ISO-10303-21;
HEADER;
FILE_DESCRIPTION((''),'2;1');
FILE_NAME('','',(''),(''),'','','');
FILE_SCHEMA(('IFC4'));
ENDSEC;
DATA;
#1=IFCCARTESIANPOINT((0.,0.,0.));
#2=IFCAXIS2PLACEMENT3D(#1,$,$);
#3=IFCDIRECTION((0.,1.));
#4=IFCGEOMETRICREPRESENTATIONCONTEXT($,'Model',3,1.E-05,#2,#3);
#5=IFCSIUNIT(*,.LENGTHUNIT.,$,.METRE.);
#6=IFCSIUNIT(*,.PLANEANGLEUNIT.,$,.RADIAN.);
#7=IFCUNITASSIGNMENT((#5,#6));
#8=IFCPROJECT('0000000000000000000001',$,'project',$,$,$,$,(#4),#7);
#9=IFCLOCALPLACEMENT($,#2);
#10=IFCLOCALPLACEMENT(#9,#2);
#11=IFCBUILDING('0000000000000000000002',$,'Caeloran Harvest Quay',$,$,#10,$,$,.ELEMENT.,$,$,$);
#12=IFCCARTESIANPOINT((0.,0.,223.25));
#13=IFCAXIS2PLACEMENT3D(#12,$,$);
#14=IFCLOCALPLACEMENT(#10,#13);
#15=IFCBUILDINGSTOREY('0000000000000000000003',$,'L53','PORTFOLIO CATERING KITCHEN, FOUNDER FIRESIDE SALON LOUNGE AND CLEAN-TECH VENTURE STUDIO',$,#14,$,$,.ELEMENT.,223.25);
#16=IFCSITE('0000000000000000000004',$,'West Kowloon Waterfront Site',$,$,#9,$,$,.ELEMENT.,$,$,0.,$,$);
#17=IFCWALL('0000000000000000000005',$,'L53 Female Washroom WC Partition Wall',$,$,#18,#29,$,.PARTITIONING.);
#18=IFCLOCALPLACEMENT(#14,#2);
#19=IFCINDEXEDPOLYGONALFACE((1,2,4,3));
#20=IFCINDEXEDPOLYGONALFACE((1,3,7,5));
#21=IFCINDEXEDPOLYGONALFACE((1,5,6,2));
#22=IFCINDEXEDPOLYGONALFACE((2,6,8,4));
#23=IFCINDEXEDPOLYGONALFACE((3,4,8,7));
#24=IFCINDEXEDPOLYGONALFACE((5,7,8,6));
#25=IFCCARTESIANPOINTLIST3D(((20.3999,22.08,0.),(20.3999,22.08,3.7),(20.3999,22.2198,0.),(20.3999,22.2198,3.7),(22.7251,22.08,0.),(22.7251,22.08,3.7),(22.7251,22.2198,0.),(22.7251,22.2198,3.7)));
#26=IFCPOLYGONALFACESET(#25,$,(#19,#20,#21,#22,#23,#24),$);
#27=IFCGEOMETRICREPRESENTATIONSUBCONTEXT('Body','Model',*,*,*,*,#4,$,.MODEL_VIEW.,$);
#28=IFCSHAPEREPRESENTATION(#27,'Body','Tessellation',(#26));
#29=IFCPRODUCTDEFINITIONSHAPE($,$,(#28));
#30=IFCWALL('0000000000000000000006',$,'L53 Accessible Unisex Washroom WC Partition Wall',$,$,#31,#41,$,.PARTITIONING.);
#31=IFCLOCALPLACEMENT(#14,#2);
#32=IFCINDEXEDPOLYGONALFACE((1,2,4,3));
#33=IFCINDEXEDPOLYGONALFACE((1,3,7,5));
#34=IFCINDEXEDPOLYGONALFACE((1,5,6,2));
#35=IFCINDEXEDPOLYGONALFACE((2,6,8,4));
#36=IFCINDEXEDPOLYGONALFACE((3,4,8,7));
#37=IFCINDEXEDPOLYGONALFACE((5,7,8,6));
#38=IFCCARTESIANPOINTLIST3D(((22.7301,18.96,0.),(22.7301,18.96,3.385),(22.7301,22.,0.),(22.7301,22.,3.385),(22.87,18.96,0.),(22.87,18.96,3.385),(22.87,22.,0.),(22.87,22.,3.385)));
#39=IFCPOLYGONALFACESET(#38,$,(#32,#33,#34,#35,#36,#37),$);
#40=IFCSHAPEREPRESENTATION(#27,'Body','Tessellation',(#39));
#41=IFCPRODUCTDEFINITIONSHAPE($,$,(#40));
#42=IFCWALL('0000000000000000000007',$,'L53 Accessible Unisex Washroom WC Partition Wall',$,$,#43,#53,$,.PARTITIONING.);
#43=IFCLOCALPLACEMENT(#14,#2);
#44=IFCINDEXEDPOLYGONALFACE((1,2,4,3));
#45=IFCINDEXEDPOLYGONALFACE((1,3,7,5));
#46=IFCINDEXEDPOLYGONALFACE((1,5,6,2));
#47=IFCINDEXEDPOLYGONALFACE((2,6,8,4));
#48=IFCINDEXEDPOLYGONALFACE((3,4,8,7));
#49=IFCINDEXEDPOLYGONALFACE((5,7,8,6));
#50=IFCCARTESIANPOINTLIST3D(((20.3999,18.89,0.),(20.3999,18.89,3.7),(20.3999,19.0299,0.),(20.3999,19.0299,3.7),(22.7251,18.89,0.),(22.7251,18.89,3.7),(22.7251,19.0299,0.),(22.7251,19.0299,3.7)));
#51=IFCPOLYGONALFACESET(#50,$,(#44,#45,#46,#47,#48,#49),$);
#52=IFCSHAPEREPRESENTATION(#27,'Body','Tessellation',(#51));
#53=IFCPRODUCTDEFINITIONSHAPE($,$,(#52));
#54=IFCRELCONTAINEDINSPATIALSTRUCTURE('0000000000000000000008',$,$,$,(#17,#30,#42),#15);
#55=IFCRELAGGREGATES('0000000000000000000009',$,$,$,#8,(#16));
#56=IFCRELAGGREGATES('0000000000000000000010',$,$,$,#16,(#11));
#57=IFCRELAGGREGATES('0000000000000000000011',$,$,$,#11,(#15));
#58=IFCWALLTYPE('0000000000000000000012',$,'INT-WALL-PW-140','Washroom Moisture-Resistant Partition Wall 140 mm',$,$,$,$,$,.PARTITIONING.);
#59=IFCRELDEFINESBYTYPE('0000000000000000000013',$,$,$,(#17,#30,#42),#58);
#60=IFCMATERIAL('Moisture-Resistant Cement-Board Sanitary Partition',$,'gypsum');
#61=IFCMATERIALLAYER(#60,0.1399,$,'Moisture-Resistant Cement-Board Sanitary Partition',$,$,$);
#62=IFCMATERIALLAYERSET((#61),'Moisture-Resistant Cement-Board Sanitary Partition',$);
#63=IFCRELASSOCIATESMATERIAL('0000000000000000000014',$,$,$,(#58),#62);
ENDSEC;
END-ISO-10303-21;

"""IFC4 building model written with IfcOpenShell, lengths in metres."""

from ifc_helpers import new_model, si_unit, direction, frame, frame_2d, origin, place, context, subcontext, project, spatial, rectangle, extrude, material, layer, layer_set, type_object, element, save


model = new_model("IFC4")

# Units and contexts
model_context = context("Model", 3, precision=1e-05, world=origin(), true_north=direction((0.0, 1.0)))
body_context = subcontext(model_context, "Body", "Model", "MODEL_VIEW")
ifc_project = project(units=[si_unit("LENGTHUNIT", "METRE"), si_unit("PLANEANGLEUNIT", "RADIAN")], contexts=[model_context])

# Site, building, storey
site_placement = place(None, origin())
site = spatial("IfcSite", under=ifc_project, at=site_placement, Name="West Kowloon Waterfront Site", CompositionType="ELEMENT", RefElevation=0.0)
building_placement = place(site_placement, origin())
building = spatial("IfcBuilding", under=site, at=building_placement, Name="Caeloran Harvest Quay", CompositionType="ELEMENT")
storey_placement = place(building_placement, frame((0.0, 0.0, 223.25)))
storey = spatial("IfcBuildingStorey", under=building, at=storey_placement, Name="L53", Description="PORTFOLIO CATERING KITCHEN, FOUNDER FIRESIDE SALON LOUNGE AND CLEAN-TECH VENTURE STUDIO", CompositionType="ELEMENT", Elevation=223.25)

# Walls
ifc_material_1 = material(Name="Moisture-Resistant Cement-Board Sanitary Partition", Category="gypsum")
ifc_layer_1 = layer(ifc_material_1, 0.1399, Name="Moisture-Resistant Cement-Board Sanitary Partition")
ifc_layer_set_1 = layer_set([ifc_layer_1], Name="Moisture-Resistant Cement-Board Sanitary Partition")
wall_type_1 = type_object("IfcWallType", Name="INT-WALL-PW-140", Description="Washroom Moisture-Resistant Partition Wall 140 mm", PredefinedType="PARTITIONING", material=ifc_layer_set_1)
wall_1_placement = place(storey_placement, frame((22.7251, 22.1499, 0.0), z_axis=(0.0, 0.0, 1.0), x_axis=(-1.0, 0.0, 0.0)))
element("IfcWall", 1, at=wall_1_placement, inside=storey, type_object=wall_type_1, Name="L53 Female Washroom WC Partition Wall", PredefinedType="PARTITIONING", context=body_context, shape_type="SweptSolid", body=[
    extrude(rectangle(XDim=2.3252, YDim=0.1399, at=frame_2d((1.1626, 0.0))), origin(), (0.0, 0.0, 1.0), 3.7),
])
wall_2_placement = place(storey_placement, frame((22.8, 22.0, 0.0), z_axis=(0.0, 0.0, 1.0), x_axis=(0.0, -1.0, 0.0)))
element("IfcWall", 2, at=wall_2_placement, inside=storey, type_object=wall_type_1, Name="L53 Accessible Unisex Washroom WC Partition Wall", PredefinedType="PARTITIONING", context=body_context, shape_type="SweptSolid", body=[
    extrude(rectangle(XDim=3.04, YDim=0.1399, at=frame_2d((1.52, 0.0))), origin(), (0.0, 0.0, 1.0), 3.385),
])
wall_3_placement = place(storey_placement, frame((22.7251, 18.96, 0.0), z_axis=(0.0, 0.0, 1.0), x_axis=(-1.0, 0.0, 0.0)))
element("IfcWall", 3, at=wall_3_placement, inside=storey, type_object=wall_type_1, Name="L53 Accessible Unisex Washroom WC Partition Wall", PredefinedType="PARTITIONING", context=body_context, shape_type="SweptSolid", body=[
    extrude(rectangle(XDim=2.3252, YDim=0.1399, at=frame_2d((1.1626, 0.0))), origin(), (0.0, 0.0, 1.0), 3.7),
])

save(model, "model.ifc")
